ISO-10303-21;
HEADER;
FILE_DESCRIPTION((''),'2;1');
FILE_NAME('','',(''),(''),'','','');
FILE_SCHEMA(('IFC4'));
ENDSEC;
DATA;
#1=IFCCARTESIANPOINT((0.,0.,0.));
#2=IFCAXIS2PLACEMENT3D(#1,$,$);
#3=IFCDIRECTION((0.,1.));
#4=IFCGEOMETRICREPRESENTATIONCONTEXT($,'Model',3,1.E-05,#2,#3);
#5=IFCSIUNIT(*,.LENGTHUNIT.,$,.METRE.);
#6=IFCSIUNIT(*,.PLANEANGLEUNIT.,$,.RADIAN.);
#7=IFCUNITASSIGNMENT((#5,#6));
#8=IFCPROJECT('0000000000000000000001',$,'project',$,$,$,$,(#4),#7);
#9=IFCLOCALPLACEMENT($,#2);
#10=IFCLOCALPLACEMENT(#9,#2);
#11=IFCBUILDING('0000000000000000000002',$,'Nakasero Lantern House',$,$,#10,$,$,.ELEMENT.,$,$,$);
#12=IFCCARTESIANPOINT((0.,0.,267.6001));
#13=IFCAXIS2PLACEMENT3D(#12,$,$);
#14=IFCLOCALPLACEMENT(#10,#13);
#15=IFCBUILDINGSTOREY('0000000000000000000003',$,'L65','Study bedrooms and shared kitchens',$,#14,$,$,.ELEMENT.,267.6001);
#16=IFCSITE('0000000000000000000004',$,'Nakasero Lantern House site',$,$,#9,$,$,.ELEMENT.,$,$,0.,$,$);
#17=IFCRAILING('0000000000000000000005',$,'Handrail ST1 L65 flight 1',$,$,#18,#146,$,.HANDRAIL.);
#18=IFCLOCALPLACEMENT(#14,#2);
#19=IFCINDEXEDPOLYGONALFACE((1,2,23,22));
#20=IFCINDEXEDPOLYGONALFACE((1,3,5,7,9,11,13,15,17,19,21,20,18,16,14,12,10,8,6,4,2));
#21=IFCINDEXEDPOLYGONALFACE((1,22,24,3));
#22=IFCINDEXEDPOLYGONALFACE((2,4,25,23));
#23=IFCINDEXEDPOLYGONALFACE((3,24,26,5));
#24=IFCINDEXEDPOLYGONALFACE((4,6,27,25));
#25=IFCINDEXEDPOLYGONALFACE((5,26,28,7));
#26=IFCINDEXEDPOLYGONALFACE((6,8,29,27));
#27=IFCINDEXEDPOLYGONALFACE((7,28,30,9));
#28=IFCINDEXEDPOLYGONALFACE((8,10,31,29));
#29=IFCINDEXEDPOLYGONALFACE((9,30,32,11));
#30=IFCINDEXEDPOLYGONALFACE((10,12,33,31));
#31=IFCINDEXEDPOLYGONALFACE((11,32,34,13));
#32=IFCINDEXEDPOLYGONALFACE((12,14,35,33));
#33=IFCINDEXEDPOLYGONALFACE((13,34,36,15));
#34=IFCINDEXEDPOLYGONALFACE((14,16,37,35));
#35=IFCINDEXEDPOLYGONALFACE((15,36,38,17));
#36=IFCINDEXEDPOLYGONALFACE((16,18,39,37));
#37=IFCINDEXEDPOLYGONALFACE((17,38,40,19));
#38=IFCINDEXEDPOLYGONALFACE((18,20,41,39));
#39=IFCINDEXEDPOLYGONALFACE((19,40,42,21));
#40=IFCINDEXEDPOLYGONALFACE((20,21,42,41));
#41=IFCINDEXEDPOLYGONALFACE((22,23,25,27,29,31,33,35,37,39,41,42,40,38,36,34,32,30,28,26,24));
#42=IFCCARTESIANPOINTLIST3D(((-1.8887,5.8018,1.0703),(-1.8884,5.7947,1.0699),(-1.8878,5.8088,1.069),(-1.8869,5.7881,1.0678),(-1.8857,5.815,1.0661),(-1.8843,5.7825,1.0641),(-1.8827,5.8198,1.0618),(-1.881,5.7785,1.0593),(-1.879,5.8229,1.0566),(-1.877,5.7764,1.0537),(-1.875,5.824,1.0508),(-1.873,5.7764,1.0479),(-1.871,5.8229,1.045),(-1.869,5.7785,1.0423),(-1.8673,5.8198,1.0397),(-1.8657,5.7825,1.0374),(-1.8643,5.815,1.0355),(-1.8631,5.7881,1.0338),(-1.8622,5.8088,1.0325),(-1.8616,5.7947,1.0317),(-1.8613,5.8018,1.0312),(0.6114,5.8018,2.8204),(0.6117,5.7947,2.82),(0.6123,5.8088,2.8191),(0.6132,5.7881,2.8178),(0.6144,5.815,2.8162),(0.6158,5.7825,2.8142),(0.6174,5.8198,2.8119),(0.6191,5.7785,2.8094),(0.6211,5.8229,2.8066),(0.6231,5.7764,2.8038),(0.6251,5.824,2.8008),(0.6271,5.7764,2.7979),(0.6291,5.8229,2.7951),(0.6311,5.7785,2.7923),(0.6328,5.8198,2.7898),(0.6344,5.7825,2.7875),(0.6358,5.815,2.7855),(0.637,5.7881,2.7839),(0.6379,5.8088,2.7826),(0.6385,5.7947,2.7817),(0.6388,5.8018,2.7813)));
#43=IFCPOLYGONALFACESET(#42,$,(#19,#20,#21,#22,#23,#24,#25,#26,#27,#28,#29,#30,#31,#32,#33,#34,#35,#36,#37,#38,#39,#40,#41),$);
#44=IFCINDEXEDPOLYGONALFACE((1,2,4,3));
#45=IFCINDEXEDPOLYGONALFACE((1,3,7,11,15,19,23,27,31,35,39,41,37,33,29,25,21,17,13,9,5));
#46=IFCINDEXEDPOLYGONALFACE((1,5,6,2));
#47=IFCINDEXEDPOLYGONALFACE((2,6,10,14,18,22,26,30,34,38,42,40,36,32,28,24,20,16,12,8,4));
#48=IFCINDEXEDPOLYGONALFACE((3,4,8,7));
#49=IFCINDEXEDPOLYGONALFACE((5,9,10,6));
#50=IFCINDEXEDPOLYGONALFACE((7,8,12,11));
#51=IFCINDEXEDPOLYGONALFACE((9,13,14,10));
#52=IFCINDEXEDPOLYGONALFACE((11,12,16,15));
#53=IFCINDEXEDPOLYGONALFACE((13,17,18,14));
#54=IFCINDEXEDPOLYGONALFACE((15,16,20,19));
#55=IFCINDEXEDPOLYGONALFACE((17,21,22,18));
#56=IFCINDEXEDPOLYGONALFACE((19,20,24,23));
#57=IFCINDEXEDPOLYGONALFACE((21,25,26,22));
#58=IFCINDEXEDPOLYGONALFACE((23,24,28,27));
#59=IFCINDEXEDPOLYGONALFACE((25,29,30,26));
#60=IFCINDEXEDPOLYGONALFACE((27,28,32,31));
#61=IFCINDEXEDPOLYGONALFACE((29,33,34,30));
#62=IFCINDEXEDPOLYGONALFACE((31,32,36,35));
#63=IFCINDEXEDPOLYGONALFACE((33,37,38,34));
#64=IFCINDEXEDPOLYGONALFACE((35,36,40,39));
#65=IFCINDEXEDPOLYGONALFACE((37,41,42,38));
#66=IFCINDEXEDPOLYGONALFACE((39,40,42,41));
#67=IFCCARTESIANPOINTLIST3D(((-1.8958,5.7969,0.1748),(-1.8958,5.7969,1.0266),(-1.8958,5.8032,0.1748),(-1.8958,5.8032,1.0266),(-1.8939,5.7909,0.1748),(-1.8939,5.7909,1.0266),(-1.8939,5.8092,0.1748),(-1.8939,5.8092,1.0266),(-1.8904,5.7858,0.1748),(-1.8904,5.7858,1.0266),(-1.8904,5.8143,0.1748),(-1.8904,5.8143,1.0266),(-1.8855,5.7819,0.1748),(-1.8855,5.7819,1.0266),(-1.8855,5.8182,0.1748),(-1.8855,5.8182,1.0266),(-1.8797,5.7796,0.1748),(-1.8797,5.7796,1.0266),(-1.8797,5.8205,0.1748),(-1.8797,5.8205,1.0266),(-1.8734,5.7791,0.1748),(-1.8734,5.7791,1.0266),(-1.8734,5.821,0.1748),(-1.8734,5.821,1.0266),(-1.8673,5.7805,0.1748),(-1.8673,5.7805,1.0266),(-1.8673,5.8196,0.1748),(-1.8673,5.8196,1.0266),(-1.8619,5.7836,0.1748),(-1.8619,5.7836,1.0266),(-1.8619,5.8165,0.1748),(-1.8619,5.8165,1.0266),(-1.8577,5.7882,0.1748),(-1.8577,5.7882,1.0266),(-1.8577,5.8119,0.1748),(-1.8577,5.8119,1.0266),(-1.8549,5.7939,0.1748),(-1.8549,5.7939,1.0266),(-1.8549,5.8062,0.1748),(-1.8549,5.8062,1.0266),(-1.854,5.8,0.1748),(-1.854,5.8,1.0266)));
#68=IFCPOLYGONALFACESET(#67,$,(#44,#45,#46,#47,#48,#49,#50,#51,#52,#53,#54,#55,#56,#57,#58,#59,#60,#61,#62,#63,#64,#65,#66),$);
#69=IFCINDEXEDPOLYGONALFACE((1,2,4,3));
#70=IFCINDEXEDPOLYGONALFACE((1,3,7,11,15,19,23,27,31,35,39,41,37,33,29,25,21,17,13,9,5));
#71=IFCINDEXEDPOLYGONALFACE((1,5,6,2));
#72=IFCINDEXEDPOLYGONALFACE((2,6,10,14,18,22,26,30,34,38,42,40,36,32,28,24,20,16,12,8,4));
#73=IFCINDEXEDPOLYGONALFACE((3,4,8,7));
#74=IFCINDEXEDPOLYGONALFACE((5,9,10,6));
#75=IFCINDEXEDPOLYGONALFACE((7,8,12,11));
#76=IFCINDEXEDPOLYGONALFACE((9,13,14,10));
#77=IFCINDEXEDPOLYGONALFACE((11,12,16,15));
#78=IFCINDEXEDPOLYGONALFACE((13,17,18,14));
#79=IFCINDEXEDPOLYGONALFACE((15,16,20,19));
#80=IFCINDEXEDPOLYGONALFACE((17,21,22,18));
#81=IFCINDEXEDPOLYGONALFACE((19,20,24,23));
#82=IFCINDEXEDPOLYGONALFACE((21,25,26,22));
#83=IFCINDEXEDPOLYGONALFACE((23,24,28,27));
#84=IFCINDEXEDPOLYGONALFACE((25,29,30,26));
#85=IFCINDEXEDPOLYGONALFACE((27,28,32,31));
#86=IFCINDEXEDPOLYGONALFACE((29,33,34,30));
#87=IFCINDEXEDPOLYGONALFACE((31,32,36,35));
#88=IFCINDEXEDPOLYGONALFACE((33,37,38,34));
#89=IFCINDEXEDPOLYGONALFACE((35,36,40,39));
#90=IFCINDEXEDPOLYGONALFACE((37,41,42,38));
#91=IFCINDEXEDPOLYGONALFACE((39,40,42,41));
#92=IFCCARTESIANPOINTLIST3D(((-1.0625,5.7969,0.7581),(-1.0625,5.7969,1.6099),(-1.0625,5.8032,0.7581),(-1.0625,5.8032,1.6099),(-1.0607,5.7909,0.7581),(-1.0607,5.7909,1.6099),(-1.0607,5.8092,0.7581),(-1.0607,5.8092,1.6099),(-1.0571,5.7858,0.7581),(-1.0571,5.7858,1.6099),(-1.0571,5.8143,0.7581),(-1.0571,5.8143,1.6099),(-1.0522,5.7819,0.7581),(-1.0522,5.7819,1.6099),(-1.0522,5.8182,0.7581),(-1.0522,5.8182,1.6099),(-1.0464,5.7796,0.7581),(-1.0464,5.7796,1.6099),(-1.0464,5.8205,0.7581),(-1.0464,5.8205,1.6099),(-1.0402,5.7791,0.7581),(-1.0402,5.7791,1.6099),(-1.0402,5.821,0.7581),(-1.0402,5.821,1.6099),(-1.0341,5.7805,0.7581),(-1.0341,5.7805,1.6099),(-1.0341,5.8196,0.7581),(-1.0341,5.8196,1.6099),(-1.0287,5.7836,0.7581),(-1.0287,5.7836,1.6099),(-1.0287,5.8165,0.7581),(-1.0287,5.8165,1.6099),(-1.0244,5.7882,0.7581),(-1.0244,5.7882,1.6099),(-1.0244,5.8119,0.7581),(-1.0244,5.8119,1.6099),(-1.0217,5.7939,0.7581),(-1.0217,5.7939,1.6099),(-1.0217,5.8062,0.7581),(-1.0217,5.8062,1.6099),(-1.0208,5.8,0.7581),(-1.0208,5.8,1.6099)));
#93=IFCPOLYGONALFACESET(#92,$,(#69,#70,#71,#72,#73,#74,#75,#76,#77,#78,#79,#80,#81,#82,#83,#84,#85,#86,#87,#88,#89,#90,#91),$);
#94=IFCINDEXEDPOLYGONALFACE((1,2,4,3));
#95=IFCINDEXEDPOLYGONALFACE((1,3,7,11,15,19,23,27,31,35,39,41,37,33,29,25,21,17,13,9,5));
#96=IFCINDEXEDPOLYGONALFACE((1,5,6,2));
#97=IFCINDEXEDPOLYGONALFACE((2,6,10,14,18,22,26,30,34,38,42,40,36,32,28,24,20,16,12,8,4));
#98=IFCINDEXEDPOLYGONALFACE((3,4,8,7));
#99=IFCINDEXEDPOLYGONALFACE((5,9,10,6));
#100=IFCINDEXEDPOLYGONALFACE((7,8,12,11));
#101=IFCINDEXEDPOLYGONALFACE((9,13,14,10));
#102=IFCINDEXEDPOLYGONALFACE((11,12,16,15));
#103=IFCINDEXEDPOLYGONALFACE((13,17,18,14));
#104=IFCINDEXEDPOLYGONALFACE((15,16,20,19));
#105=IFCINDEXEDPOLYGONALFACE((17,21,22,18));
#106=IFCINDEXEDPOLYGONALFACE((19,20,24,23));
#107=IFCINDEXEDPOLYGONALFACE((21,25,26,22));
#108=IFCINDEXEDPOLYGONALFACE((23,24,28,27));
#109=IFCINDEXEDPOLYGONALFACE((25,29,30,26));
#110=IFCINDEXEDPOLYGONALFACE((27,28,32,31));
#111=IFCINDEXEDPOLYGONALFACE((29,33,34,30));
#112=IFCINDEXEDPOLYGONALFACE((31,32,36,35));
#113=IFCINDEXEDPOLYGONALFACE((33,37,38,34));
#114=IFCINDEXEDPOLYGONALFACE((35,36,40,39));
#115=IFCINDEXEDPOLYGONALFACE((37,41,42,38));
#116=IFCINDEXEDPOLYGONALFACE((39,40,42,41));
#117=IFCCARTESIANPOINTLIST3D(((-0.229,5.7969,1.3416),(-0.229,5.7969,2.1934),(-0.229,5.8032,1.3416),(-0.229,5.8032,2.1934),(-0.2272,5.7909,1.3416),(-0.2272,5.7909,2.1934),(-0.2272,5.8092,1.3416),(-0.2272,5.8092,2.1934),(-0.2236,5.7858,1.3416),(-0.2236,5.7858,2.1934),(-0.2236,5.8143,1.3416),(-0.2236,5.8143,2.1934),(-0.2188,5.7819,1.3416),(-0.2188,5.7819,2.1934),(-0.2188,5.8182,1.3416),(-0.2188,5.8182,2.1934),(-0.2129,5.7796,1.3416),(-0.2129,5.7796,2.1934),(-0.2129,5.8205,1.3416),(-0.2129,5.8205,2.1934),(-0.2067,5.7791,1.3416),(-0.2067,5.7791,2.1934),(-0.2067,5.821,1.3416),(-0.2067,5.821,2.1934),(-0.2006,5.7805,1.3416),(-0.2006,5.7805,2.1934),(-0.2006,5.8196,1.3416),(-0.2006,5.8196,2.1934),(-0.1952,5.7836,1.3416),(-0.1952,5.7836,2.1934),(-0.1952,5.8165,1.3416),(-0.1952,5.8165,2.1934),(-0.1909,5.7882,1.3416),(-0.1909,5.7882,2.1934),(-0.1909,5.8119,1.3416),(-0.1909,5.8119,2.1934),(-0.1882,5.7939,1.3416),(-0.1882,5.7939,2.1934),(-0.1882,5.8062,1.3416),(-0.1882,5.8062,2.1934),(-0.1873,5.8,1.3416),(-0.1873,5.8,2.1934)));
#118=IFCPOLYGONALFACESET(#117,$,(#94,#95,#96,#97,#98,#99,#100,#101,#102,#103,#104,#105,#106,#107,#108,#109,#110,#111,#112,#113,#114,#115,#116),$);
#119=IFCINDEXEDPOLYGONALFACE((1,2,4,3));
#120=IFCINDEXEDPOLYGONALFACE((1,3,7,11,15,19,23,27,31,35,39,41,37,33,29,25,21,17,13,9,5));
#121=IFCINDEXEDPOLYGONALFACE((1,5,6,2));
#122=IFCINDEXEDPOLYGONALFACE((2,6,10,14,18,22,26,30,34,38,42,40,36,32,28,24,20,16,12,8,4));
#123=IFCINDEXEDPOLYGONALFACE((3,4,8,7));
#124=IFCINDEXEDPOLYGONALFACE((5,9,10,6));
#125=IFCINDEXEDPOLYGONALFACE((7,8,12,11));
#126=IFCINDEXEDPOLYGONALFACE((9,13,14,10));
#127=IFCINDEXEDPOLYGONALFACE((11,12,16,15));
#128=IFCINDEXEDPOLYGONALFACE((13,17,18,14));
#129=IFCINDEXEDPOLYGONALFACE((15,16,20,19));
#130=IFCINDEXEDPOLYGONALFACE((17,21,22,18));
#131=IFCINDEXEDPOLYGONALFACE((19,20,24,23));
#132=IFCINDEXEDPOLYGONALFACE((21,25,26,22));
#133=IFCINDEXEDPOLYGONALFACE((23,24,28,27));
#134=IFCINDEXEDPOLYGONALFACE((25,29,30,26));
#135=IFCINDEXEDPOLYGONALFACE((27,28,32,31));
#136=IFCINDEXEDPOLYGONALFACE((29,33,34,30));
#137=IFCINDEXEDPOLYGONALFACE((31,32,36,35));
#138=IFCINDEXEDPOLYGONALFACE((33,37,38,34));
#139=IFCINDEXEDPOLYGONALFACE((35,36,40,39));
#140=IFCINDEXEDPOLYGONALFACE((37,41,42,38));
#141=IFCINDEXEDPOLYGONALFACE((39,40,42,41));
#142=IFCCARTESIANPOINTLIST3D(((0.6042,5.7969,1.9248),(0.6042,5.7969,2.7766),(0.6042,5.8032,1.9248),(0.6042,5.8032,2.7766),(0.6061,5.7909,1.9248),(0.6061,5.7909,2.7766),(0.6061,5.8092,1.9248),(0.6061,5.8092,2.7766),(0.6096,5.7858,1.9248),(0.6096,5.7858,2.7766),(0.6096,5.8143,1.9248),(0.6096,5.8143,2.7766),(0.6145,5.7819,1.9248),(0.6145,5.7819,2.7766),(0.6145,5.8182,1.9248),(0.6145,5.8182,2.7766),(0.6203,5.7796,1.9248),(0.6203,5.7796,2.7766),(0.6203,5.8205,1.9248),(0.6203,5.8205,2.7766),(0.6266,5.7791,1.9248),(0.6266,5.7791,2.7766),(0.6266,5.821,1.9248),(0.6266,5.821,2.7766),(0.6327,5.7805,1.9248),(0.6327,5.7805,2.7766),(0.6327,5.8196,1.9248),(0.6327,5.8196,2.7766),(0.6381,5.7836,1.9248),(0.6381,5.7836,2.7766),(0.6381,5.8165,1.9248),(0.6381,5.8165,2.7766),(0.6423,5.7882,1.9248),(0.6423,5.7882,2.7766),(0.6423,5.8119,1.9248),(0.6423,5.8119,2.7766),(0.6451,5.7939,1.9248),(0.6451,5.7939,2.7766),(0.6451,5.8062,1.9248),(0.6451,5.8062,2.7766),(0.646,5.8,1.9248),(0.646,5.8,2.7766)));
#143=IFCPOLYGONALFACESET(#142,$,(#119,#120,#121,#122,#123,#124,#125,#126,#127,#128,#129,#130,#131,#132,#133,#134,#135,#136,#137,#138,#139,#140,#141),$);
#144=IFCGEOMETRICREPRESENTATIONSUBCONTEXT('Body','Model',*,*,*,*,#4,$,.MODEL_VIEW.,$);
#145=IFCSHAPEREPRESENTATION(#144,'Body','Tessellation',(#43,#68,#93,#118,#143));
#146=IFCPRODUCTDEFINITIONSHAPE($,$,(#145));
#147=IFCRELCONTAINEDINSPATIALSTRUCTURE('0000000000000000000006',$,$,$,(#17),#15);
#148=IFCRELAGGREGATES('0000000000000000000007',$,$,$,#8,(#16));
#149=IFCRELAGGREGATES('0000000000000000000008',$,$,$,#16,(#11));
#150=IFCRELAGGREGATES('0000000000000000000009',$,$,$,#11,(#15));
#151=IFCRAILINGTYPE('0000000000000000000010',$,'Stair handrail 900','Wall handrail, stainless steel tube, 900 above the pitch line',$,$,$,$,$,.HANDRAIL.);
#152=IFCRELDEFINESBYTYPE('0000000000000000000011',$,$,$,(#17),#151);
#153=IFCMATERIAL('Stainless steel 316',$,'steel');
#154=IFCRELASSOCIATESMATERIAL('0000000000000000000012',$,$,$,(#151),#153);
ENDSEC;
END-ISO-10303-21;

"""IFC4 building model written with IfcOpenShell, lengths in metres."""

from ifc_helpers import new_model, si_unit, direction, frame, origin, origin_2d, place, context, subcontext, project, spatial, circle, extrude, material, type_object, element, save


model = new_model("IFC4")

# Units and contexts
model_context = context("Model", 3, precision=1e-05, world=origin(), true_north=direction((0.0, 1.0)))
body_context = subcontext(model_context, "Body", "Model", "MODEL_VIEW")
ifc_project = project(units=[si_unit("LENGTHUNIT", "METRE"), si_unit("PLANEANGLEUNIT", "RADIAN")], contexts=[model_context])

# Site, building, storey
site_placement = place(None, origin())
site = spatial("IfcSite", under=ifc_project, at=site_placement, Name="Nakasero Lantern House site", CompositionType="ELEMENT", RefElevation=0.0)
building_placement = place(site_placement, origin())
building = spatial("IfcBuilding", under=site, at=building_placement, Name="Nakasero Lantern House", CompositionType="ELEMENT")
storey_placement = place(building_placement, frame((0.0, 0.0, 267.6001)))
storey = spatial("IfcBuildingStorey", under=building, at=storey_placement, Name="L65", Description="Study bedrooms and shared kitchens", CompositionType="ELEMENT", Elevation=267.6001)

# Railing
ifc_material_1 = material(Name="Stainless steel 316", Category="steel")
railing_type = type_object("IfcRailingType", Name="Stair handrail 900", Description="Wall handrail, stainless steel tube, 900 above the pitch line", PredefinedType="HANDRAIL", material=ifc_material_1)
railing_placement = place(storey_placement, frame((-1.875, 5.8, 0.1748)))
element("IfcRailing", 1, at=railing_placement, inside=storey, type_object=railing_type, Name="Handrail ST1 L65 flight 1", PredefinedType="HANDRAIL", context=body_context, shape_type="SweptSolid", body=[
    extrude(circle(Radius=0.0239, at=origin_2d()), frame((0.0, 0.0, 0.876), z_axis=(0.819232, 0.0, 0.573462), x_axis=(0.0, 1.0, 0.0)), (0.0, 0.0, 1.0), 3.0518),
    extrude(circle(Radius=0.021, at=origin_2d()), origin(), (0.0, 0.0, 1.0), 0.8518),
    extrude(circle(Radius=0.021, at=origin_2d()), frame((0.8333, 0.0, 0.5833)), (0.0, 0.0, 1.0), 0.8518),
    extrude(circle(Radius=0.021, at=origin_2d()), frame((1.6667, 0.0, 1.1667)), (0.0, 0.0, 1.0), 0.8518),
    extrude(circle(Radius=0.021, at=origin_2d()), frame((2.5, 0.0, 1.75)), (0.0, 0.0, 1.0), 0.8518),
])

save(model, "model.ifc")
